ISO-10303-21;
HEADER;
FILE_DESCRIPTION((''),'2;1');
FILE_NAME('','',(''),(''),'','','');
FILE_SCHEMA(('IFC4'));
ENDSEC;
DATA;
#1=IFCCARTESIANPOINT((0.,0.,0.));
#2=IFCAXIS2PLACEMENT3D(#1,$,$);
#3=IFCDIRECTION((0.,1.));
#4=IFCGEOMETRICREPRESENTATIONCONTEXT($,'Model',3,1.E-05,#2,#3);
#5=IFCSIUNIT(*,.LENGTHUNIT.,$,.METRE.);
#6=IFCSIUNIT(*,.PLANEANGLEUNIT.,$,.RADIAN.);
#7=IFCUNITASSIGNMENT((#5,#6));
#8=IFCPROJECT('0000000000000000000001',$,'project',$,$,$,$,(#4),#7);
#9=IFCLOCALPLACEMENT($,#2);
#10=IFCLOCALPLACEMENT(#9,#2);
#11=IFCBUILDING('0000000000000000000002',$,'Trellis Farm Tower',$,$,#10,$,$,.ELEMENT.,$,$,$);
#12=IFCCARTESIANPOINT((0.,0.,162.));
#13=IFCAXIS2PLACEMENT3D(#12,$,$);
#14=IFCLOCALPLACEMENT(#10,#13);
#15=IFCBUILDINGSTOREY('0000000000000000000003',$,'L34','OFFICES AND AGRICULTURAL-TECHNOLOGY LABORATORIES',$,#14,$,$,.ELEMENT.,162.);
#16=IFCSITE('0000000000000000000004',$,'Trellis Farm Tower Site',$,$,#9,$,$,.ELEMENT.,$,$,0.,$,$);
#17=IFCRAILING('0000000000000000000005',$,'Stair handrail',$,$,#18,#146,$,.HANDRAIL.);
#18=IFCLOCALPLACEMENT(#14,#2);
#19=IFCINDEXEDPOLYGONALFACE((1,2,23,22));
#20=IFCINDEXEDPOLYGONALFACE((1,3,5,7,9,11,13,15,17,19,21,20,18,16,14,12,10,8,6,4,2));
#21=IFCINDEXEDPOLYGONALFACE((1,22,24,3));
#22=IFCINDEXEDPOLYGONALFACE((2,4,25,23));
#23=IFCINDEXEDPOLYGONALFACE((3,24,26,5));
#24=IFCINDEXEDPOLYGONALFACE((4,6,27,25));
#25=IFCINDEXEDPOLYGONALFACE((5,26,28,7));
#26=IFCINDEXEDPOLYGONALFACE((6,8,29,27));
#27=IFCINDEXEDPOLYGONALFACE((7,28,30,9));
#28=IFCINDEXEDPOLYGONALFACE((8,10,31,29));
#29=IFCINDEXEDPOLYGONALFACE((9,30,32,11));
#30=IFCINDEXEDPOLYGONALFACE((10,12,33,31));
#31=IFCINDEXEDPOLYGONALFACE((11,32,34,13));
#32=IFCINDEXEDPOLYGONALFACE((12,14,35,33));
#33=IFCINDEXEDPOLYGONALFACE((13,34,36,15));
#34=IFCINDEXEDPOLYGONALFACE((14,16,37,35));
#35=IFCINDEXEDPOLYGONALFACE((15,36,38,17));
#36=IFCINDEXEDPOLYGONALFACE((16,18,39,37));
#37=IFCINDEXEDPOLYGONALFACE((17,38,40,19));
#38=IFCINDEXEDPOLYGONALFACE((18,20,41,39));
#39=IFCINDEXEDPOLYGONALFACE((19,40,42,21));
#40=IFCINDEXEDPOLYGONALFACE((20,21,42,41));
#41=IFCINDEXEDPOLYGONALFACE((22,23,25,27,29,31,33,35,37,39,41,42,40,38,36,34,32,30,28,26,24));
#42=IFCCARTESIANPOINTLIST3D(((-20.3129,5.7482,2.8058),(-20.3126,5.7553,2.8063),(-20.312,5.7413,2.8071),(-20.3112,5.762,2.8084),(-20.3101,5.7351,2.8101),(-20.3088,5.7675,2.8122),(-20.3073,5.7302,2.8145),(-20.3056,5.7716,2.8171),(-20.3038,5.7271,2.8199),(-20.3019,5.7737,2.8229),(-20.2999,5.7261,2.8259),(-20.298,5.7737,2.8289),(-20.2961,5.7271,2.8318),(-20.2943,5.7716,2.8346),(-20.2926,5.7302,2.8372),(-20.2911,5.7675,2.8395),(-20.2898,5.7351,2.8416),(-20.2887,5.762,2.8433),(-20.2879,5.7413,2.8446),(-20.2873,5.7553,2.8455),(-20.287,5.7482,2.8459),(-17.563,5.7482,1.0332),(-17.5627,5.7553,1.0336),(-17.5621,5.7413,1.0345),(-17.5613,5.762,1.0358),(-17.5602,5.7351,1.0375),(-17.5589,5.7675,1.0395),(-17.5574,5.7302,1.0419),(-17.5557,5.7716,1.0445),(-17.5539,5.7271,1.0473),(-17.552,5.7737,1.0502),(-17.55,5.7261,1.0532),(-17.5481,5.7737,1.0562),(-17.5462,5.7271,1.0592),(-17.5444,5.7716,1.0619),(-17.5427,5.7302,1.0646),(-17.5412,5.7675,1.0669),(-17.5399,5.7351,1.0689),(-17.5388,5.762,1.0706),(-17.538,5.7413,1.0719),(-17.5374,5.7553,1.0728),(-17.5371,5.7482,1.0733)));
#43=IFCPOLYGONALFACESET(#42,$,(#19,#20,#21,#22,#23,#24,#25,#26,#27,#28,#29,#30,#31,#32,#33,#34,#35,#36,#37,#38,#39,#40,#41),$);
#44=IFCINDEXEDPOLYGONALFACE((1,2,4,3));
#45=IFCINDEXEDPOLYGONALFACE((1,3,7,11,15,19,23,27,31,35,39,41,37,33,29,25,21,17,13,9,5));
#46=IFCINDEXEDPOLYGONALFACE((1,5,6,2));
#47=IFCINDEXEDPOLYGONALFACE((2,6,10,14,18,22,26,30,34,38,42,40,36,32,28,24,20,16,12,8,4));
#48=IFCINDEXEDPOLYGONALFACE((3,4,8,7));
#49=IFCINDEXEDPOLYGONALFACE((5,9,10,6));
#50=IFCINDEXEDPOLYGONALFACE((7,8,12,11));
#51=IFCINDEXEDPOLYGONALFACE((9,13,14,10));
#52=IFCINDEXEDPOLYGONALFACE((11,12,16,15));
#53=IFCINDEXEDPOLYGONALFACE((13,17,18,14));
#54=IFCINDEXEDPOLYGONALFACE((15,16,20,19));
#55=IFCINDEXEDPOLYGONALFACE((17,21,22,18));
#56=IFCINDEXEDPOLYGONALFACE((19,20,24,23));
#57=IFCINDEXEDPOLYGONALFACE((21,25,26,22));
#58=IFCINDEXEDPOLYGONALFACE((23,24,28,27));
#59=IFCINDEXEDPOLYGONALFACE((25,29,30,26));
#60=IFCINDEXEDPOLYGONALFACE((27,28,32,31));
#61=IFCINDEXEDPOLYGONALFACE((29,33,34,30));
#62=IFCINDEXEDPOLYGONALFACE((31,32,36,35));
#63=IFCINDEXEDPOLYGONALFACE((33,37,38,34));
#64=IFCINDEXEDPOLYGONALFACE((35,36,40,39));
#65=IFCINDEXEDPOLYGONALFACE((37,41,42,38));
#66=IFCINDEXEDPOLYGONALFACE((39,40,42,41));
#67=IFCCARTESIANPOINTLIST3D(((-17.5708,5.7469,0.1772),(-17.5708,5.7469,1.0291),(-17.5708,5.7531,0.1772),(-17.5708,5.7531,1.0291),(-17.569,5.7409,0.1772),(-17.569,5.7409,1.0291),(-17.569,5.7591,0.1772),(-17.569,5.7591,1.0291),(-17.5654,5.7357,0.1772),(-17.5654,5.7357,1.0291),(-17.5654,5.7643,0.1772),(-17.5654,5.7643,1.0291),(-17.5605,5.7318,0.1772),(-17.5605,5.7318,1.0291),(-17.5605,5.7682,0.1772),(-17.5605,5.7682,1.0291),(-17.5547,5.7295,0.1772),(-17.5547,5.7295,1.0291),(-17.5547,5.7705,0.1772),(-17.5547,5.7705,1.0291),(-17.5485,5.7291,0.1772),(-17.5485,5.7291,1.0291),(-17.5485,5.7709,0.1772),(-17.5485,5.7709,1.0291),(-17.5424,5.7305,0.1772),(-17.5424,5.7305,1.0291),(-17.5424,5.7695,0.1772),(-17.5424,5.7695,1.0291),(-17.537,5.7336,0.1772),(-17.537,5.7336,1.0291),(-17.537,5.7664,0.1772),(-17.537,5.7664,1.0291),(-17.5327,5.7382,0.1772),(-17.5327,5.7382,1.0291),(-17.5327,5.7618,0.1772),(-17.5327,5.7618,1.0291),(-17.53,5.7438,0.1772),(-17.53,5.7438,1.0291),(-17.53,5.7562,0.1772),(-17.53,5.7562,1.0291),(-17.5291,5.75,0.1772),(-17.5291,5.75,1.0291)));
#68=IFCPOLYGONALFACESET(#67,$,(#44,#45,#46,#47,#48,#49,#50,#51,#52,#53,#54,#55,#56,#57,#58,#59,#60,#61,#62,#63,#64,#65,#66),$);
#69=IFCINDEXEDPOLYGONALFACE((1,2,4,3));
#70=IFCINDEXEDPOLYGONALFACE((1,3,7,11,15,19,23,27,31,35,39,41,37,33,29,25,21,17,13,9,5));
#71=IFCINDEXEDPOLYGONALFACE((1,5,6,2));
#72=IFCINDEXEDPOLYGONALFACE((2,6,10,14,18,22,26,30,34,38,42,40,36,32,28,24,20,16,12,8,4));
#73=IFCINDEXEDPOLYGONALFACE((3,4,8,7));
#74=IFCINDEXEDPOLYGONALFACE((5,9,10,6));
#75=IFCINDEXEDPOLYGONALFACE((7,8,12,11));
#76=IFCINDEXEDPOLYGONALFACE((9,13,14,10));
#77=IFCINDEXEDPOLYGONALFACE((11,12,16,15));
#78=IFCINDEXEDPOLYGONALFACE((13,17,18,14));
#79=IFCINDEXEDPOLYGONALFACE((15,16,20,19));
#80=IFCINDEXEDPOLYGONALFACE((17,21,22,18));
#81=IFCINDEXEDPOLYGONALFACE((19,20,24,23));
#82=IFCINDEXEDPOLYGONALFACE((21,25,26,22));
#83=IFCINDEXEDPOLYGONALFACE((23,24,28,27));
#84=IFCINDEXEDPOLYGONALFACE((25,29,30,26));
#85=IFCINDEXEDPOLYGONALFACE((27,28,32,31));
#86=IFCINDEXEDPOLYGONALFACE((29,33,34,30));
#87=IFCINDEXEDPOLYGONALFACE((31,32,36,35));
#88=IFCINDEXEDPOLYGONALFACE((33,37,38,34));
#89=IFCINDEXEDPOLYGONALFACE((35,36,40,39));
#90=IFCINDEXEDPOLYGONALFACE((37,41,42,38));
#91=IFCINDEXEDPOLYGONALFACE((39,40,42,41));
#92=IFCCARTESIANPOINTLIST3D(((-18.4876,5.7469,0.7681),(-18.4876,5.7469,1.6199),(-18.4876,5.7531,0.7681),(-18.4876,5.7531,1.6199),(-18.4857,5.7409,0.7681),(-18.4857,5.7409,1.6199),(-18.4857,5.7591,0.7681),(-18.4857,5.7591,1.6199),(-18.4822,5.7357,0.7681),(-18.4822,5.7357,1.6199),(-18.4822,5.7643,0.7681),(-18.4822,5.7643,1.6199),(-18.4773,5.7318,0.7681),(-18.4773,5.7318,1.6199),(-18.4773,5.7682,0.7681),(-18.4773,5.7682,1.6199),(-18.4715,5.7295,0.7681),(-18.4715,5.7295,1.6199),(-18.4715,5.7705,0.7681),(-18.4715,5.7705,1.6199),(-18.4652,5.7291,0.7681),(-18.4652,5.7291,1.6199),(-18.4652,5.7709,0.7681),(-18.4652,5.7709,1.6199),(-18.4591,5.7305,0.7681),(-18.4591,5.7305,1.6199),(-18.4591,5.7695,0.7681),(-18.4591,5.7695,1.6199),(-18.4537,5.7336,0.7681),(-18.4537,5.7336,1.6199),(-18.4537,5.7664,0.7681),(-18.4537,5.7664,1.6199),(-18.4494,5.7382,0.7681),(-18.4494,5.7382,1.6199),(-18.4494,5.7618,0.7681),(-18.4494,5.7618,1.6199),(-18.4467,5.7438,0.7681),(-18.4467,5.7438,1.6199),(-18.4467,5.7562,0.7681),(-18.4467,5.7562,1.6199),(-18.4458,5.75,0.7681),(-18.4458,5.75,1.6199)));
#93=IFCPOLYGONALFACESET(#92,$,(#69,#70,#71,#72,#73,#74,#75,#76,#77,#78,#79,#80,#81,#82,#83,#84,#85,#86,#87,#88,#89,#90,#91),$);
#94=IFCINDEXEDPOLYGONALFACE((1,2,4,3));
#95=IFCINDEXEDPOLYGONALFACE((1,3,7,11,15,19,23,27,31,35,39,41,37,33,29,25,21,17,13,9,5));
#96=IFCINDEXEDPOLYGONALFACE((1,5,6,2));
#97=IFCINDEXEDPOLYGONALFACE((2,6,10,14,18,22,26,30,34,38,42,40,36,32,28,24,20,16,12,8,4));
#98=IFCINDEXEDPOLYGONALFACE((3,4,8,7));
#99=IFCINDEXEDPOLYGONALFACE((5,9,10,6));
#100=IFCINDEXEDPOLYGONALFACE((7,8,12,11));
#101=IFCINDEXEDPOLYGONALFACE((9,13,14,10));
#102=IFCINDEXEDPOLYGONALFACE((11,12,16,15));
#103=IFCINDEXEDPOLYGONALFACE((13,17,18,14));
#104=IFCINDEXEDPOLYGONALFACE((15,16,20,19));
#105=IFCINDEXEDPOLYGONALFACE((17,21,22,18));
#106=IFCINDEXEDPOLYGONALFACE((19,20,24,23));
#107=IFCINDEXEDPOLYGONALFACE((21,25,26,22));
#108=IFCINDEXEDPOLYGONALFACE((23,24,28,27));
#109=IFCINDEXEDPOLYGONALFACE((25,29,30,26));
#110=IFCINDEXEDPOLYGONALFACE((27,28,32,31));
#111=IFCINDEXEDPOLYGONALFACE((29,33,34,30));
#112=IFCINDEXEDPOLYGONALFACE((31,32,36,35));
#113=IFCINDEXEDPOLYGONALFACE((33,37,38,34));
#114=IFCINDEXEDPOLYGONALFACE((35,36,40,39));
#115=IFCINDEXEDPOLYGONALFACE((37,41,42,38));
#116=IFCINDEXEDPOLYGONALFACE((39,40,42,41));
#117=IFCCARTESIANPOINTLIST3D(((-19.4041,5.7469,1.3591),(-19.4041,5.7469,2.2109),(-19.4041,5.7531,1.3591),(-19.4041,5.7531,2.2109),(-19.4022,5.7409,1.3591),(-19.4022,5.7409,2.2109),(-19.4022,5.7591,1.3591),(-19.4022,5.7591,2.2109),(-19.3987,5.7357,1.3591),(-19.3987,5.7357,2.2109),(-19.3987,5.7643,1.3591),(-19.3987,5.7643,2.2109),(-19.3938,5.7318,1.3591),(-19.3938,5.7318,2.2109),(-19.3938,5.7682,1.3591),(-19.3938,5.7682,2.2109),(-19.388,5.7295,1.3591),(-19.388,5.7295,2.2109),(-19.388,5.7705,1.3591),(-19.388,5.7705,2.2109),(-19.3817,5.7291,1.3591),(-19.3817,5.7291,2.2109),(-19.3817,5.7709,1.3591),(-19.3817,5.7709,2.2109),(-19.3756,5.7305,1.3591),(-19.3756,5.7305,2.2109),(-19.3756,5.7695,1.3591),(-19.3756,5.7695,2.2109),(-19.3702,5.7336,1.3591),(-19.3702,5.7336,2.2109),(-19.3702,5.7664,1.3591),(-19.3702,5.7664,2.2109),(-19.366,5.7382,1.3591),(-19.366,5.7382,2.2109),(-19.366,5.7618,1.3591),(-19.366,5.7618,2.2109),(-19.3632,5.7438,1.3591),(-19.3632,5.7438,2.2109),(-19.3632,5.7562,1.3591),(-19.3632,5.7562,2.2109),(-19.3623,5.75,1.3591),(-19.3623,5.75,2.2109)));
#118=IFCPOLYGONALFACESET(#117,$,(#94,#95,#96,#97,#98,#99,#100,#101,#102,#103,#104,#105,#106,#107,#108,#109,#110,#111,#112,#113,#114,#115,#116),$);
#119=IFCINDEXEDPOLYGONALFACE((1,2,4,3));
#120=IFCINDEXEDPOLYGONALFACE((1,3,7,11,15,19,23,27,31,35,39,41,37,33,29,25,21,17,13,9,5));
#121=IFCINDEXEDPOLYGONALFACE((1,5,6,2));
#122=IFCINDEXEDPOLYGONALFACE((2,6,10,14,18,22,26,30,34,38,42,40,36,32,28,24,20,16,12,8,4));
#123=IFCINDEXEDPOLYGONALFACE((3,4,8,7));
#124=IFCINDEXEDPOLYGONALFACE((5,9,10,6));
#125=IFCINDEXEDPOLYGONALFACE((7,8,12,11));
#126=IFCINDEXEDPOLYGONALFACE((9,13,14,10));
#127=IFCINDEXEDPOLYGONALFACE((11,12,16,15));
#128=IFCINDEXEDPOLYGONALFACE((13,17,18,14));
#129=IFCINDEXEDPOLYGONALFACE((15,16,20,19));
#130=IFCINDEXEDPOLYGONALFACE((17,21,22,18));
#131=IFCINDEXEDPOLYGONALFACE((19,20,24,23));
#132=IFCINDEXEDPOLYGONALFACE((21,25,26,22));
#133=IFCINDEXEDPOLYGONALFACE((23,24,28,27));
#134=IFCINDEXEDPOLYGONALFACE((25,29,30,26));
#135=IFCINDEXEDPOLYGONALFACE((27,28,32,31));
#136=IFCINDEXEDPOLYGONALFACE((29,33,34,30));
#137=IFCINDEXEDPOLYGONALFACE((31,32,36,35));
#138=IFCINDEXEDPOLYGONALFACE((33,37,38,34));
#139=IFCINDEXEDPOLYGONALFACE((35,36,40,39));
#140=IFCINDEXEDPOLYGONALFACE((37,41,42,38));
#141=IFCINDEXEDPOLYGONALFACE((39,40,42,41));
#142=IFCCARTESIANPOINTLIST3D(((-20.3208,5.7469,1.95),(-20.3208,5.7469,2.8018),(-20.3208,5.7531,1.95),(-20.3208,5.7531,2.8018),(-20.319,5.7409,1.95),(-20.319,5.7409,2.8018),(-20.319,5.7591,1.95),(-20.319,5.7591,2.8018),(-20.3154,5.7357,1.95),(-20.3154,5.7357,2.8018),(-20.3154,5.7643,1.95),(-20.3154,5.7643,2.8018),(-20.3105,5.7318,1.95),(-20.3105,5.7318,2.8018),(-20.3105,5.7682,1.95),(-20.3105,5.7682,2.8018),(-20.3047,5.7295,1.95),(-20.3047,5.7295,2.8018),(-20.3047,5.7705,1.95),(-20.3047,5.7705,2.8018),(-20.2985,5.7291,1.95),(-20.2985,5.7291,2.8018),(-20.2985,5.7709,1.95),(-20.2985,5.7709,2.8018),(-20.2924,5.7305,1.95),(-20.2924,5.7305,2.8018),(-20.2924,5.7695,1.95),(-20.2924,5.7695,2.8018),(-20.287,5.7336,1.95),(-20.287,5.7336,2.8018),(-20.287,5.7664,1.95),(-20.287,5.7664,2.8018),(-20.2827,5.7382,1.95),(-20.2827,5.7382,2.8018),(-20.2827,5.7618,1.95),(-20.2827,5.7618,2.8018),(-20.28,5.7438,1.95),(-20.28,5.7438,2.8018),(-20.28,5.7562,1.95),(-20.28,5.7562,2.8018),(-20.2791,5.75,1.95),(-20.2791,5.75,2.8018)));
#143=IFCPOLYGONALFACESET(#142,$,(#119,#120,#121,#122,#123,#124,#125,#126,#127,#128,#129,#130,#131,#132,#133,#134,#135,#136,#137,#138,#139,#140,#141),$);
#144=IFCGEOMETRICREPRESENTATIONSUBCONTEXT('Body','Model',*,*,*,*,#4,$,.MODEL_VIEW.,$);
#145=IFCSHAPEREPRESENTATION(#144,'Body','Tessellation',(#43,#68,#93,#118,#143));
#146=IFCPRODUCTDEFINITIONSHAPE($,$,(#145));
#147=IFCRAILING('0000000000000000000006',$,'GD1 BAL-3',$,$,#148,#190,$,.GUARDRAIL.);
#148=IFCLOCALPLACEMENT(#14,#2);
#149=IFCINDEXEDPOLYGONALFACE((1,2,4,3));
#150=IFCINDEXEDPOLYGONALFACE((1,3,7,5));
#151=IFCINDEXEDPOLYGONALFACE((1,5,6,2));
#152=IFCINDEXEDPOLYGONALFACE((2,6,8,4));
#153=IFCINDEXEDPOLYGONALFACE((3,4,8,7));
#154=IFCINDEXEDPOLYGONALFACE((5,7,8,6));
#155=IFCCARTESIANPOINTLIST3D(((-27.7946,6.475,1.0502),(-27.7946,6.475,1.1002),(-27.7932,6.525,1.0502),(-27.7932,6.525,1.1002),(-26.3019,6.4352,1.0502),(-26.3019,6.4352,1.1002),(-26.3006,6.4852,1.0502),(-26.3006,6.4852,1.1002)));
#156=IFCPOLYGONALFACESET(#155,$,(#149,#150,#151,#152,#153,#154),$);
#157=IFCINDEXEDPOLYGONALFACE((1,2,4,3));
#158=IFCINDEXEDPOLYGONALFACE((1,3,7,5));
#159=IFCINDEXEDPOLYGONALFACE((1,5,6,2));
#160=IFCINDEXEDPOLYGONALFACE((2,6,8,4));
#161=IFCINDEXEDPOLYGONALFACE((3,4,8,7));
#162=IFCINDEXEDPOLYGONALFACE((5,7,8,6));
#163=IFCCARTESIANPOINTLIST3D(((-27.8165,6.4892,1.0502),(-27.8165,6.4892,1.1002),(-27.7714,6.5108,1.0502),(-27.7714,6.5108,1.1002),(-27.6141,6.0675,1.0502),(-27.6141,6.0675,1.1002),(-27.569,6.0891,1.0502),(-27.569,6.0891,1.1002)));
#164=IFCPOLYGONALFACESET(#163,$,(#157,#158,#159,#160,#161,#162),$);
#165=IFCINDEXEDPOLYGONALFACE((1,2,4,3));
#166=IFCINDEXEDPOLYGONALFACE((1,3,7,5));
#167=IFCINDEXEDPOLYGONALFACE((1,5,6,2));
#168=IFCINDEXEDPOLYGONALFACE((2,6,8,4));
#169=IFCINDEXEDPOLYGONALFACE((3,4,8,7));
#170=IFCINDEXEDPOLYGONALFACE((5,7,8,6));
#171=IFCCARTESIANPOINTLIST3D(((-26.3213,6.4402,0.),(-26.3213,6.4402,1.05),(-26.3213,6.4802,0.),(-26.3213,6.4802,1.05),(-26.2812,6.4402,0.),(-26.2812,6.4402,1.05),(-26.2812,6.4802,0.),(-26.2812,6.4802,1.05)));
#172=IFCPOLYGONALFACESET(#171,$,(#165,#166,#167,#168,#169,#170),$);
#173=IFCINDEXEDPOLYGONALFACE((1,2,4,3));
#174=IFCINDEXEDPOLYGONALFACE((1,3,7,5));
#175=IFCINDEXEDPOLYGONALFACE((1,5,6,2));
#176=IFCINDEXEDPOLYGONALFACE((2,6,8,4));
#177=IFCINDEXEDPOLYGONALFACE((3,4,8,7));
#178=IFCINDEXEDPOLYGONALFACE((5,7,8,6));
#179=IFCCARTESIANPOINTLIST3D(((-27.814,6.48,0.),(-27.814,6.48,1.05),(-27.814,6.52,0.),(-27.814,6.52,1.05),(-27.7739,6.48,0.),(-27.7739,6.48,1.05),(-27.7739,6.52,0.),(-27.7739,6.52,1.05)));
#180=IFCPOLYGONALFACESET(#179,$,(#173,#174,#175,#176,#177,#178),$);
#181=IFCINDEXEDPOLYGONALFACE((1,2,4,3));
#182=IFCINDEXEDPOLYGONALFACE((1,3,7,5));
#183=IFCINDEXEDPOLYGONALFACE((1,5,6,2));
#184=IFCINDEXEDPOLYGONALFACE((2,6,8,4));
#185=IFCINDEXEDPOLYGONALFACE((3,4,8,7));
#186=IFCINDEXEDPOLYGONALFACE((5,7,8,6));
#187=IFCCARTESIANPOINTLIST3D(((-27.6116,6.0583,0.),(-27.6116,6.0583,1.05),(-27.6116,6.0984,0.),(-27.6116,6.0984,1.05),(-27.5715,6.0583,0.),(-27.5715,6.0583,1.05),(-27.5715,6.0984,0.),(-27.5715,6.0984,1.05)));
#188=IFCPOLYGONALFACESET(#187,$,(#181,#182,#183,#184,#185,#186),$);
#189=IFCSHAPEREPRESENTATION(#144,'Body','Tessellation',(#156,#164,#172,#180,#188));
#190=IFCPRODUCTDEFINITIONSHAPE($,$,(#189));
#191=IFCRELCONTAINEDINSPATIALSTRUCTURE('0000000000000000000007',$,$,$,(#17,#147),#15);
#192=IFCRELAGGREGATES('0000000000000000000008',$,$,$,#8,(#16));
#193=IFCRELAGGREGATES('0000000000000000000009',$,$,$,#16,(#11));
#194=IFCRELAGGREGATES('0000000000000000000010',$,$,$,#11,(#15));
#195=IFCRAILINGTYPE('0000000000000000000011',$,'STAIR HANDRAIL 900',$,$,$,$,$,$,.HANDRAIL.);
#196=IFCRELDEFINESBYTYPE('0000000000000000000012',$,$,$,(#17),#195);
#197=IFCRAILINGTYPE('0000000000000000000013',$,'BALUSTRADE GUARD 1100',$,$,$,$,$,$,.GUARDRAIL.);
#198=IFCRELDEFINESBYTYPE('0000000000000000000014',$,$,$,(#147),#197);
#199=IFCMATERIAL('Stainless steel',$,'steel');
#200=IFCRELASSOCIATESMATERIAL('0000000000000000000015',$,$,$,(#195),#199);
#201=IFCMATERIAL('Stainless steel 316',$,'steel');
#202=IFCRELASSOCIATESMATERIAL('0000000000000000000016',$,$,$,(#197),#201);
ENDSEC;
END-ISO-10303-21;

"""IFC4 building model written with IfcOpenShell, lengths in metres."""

from ifc_helpers import new_model, si_unit, direction, frame, origin, origin_2d, place, context, subcontext, project, spatial, rectangle, circle, extrude, source, transform, mapped, material, type_object, element, save


model = new_model("IFC4")

# Units and contexts
model_context = context("Model", 3, precision=1e-05, world=origin(), true_north=direction((0.0, 1.0)))
body_context = subcontext(model_context, "Body", "Model", "MODEL_VIEW")
ifc_project = project(units=[si_unit("LENGTHUNIT", "METRE"), si_unit("PLANEANGLEUNIT", "RADIAN")], contexts=[model_context])

# Site, building, storey
site_placement = place(None, origin())
site = spatial("IfcSite", under=ifc_project, at=site_placement, Name="Trellis Farm Tower Site", CompositionType="ELEMENT", RefElevation=0.0)
building_placement = place(site_placement, origin())
building = spatial("IfcBuilding", under=site, at=building_placement, Name="Trellis Farm Tower", CompositionType="ELEMENT")
storey_placement = place(building_placement, frame((0.0, 0.0, 162.0)))
storey = spatial("IfcBuildingStorey", under=building, at=storey_placement, Name="L34", Description="OFFICES AND AGRICULTURAL-TECHNOLOGY LABORATORIES", CompositionType="ELEMENT", Elevation=162.0)

# Railings
ifc_material_1 = material(Name="Stainless steel", Category="steel")
railing_type_1 = type_object("IfcRailingType", Name="STAIR HANDRAIL 900", PredefinedType="HANDRAIL", material=ifc_material_1)
shared_shape_1 = source(origin(), body_context, "Body", "SweptSolid", [
    extrude(circle(Radius=0.0239, at=origin_2d()), frame((0.0, 0.0, 0.876), z_axis=(-0.840504, 0.0, 0.541806), x_axis=(0.0, -1.0, 0.0)), (0.0, 0.0, 1.0), 3.2717),
    extrude(circle(Radius=0.021, at=origin_2d()), origin(), (0.0, 0.0, 1.0), 0.8518),
    extrude(circle(Radius=0.021, at=origin_2d()), frame((-0.9167, 0.0, 0.5908)), (0.0, 0.0, 1.0), 0.8518),
    extrude(circle(Radius=0.021, at=origin_2d()), frame((-1.8333, 0.0, 1.1819)), (0.0, 0.0, 1.0), 0.8518),
    extrude(circle(Radius=0.021, at=origin_2d()), frame((-2.75, 0.0, 1.7727)), (0.0, 0.0, 1.0), 0.8518),
])
railing_1_placement = place(storey_placement, frame((-17.55, 5.75, 0.1772)))
element("IfcRailing", 1, at=railing_1_placement, inside=storey, type_object=railing_type_1, Name="Stair handrail", PredefinedType="HANDRAIL", context=body_context, shape_type="MappedRepresentation", body=[
    mapped(shared_shape_1, transform((0.0, 0.0, 0.0))),
])
ifc_material_2 = material(Name="Stainless steel 316", Category="steel")
railing_type_2 = type_object("IfcRailingType", Name="BALUSTRADE GUARD 1100", PredefinedType="GUARDRAIL", material=ifc_material_2)
shared_shape_2 = source(origin(), body_context, "Body", "SweptSolid", [
    extrude(rectangle(XDim=0.05, YDim=0.05, at=origin_2d()), frame((0.0, 0.0, 1.0752), z_axis=(-0.999645, 0.026651, 0.0), x_axis=(-0.026651, -0.999645, 0.0)), (0.0, 0.0, 1.0), 1.4932),
    extrude(rectangle(XDim=0.05, YDim=0.05, at=origin_2d()), frame((-1.4927, 0.0398, 1.0752), z_axis=(0.432748, -0.901515, 0.0), x_axis=(0.901515, 0.432748, 0.0)), (0.0, 0.0, 1.0), 0.4678),
    extrude(rectangle(XDim=0.04, YDim=0.04, at=origin_2d()), origin(), (0.0, 0.0, 1.0), 1.05),
    extrude(rectangle(XDim=0.04, YDim=0.04, at=origin_2d()), frame((-1.4927, 0.0398, 0.0)), (0.0, 0.0, 1.0), 1.05),
    extrude(rectangle(XDim=0.04, YDim=0.04, at=origin_2d()), frame((-1.2903, -0.3818, 0.0)), (0.0, 0.0, 1.0), 1.05),
])
railing_2_placement = place(storey_placement, frame((-26.3013, 6.4602, 0.0)))
element("IfcRailing", 2, at=railing_2_placement, inside=storey, type_object=railing_type_2, Name="GD1 BAL-3", PredefinedType="GUARDRAIL", context=body_context, shape_type="MappedRepresentation", body=[
    mapped(shared_shape_2, transform((0.0, 0.0, 0.0))),
])

save(model, "model.ifc")
